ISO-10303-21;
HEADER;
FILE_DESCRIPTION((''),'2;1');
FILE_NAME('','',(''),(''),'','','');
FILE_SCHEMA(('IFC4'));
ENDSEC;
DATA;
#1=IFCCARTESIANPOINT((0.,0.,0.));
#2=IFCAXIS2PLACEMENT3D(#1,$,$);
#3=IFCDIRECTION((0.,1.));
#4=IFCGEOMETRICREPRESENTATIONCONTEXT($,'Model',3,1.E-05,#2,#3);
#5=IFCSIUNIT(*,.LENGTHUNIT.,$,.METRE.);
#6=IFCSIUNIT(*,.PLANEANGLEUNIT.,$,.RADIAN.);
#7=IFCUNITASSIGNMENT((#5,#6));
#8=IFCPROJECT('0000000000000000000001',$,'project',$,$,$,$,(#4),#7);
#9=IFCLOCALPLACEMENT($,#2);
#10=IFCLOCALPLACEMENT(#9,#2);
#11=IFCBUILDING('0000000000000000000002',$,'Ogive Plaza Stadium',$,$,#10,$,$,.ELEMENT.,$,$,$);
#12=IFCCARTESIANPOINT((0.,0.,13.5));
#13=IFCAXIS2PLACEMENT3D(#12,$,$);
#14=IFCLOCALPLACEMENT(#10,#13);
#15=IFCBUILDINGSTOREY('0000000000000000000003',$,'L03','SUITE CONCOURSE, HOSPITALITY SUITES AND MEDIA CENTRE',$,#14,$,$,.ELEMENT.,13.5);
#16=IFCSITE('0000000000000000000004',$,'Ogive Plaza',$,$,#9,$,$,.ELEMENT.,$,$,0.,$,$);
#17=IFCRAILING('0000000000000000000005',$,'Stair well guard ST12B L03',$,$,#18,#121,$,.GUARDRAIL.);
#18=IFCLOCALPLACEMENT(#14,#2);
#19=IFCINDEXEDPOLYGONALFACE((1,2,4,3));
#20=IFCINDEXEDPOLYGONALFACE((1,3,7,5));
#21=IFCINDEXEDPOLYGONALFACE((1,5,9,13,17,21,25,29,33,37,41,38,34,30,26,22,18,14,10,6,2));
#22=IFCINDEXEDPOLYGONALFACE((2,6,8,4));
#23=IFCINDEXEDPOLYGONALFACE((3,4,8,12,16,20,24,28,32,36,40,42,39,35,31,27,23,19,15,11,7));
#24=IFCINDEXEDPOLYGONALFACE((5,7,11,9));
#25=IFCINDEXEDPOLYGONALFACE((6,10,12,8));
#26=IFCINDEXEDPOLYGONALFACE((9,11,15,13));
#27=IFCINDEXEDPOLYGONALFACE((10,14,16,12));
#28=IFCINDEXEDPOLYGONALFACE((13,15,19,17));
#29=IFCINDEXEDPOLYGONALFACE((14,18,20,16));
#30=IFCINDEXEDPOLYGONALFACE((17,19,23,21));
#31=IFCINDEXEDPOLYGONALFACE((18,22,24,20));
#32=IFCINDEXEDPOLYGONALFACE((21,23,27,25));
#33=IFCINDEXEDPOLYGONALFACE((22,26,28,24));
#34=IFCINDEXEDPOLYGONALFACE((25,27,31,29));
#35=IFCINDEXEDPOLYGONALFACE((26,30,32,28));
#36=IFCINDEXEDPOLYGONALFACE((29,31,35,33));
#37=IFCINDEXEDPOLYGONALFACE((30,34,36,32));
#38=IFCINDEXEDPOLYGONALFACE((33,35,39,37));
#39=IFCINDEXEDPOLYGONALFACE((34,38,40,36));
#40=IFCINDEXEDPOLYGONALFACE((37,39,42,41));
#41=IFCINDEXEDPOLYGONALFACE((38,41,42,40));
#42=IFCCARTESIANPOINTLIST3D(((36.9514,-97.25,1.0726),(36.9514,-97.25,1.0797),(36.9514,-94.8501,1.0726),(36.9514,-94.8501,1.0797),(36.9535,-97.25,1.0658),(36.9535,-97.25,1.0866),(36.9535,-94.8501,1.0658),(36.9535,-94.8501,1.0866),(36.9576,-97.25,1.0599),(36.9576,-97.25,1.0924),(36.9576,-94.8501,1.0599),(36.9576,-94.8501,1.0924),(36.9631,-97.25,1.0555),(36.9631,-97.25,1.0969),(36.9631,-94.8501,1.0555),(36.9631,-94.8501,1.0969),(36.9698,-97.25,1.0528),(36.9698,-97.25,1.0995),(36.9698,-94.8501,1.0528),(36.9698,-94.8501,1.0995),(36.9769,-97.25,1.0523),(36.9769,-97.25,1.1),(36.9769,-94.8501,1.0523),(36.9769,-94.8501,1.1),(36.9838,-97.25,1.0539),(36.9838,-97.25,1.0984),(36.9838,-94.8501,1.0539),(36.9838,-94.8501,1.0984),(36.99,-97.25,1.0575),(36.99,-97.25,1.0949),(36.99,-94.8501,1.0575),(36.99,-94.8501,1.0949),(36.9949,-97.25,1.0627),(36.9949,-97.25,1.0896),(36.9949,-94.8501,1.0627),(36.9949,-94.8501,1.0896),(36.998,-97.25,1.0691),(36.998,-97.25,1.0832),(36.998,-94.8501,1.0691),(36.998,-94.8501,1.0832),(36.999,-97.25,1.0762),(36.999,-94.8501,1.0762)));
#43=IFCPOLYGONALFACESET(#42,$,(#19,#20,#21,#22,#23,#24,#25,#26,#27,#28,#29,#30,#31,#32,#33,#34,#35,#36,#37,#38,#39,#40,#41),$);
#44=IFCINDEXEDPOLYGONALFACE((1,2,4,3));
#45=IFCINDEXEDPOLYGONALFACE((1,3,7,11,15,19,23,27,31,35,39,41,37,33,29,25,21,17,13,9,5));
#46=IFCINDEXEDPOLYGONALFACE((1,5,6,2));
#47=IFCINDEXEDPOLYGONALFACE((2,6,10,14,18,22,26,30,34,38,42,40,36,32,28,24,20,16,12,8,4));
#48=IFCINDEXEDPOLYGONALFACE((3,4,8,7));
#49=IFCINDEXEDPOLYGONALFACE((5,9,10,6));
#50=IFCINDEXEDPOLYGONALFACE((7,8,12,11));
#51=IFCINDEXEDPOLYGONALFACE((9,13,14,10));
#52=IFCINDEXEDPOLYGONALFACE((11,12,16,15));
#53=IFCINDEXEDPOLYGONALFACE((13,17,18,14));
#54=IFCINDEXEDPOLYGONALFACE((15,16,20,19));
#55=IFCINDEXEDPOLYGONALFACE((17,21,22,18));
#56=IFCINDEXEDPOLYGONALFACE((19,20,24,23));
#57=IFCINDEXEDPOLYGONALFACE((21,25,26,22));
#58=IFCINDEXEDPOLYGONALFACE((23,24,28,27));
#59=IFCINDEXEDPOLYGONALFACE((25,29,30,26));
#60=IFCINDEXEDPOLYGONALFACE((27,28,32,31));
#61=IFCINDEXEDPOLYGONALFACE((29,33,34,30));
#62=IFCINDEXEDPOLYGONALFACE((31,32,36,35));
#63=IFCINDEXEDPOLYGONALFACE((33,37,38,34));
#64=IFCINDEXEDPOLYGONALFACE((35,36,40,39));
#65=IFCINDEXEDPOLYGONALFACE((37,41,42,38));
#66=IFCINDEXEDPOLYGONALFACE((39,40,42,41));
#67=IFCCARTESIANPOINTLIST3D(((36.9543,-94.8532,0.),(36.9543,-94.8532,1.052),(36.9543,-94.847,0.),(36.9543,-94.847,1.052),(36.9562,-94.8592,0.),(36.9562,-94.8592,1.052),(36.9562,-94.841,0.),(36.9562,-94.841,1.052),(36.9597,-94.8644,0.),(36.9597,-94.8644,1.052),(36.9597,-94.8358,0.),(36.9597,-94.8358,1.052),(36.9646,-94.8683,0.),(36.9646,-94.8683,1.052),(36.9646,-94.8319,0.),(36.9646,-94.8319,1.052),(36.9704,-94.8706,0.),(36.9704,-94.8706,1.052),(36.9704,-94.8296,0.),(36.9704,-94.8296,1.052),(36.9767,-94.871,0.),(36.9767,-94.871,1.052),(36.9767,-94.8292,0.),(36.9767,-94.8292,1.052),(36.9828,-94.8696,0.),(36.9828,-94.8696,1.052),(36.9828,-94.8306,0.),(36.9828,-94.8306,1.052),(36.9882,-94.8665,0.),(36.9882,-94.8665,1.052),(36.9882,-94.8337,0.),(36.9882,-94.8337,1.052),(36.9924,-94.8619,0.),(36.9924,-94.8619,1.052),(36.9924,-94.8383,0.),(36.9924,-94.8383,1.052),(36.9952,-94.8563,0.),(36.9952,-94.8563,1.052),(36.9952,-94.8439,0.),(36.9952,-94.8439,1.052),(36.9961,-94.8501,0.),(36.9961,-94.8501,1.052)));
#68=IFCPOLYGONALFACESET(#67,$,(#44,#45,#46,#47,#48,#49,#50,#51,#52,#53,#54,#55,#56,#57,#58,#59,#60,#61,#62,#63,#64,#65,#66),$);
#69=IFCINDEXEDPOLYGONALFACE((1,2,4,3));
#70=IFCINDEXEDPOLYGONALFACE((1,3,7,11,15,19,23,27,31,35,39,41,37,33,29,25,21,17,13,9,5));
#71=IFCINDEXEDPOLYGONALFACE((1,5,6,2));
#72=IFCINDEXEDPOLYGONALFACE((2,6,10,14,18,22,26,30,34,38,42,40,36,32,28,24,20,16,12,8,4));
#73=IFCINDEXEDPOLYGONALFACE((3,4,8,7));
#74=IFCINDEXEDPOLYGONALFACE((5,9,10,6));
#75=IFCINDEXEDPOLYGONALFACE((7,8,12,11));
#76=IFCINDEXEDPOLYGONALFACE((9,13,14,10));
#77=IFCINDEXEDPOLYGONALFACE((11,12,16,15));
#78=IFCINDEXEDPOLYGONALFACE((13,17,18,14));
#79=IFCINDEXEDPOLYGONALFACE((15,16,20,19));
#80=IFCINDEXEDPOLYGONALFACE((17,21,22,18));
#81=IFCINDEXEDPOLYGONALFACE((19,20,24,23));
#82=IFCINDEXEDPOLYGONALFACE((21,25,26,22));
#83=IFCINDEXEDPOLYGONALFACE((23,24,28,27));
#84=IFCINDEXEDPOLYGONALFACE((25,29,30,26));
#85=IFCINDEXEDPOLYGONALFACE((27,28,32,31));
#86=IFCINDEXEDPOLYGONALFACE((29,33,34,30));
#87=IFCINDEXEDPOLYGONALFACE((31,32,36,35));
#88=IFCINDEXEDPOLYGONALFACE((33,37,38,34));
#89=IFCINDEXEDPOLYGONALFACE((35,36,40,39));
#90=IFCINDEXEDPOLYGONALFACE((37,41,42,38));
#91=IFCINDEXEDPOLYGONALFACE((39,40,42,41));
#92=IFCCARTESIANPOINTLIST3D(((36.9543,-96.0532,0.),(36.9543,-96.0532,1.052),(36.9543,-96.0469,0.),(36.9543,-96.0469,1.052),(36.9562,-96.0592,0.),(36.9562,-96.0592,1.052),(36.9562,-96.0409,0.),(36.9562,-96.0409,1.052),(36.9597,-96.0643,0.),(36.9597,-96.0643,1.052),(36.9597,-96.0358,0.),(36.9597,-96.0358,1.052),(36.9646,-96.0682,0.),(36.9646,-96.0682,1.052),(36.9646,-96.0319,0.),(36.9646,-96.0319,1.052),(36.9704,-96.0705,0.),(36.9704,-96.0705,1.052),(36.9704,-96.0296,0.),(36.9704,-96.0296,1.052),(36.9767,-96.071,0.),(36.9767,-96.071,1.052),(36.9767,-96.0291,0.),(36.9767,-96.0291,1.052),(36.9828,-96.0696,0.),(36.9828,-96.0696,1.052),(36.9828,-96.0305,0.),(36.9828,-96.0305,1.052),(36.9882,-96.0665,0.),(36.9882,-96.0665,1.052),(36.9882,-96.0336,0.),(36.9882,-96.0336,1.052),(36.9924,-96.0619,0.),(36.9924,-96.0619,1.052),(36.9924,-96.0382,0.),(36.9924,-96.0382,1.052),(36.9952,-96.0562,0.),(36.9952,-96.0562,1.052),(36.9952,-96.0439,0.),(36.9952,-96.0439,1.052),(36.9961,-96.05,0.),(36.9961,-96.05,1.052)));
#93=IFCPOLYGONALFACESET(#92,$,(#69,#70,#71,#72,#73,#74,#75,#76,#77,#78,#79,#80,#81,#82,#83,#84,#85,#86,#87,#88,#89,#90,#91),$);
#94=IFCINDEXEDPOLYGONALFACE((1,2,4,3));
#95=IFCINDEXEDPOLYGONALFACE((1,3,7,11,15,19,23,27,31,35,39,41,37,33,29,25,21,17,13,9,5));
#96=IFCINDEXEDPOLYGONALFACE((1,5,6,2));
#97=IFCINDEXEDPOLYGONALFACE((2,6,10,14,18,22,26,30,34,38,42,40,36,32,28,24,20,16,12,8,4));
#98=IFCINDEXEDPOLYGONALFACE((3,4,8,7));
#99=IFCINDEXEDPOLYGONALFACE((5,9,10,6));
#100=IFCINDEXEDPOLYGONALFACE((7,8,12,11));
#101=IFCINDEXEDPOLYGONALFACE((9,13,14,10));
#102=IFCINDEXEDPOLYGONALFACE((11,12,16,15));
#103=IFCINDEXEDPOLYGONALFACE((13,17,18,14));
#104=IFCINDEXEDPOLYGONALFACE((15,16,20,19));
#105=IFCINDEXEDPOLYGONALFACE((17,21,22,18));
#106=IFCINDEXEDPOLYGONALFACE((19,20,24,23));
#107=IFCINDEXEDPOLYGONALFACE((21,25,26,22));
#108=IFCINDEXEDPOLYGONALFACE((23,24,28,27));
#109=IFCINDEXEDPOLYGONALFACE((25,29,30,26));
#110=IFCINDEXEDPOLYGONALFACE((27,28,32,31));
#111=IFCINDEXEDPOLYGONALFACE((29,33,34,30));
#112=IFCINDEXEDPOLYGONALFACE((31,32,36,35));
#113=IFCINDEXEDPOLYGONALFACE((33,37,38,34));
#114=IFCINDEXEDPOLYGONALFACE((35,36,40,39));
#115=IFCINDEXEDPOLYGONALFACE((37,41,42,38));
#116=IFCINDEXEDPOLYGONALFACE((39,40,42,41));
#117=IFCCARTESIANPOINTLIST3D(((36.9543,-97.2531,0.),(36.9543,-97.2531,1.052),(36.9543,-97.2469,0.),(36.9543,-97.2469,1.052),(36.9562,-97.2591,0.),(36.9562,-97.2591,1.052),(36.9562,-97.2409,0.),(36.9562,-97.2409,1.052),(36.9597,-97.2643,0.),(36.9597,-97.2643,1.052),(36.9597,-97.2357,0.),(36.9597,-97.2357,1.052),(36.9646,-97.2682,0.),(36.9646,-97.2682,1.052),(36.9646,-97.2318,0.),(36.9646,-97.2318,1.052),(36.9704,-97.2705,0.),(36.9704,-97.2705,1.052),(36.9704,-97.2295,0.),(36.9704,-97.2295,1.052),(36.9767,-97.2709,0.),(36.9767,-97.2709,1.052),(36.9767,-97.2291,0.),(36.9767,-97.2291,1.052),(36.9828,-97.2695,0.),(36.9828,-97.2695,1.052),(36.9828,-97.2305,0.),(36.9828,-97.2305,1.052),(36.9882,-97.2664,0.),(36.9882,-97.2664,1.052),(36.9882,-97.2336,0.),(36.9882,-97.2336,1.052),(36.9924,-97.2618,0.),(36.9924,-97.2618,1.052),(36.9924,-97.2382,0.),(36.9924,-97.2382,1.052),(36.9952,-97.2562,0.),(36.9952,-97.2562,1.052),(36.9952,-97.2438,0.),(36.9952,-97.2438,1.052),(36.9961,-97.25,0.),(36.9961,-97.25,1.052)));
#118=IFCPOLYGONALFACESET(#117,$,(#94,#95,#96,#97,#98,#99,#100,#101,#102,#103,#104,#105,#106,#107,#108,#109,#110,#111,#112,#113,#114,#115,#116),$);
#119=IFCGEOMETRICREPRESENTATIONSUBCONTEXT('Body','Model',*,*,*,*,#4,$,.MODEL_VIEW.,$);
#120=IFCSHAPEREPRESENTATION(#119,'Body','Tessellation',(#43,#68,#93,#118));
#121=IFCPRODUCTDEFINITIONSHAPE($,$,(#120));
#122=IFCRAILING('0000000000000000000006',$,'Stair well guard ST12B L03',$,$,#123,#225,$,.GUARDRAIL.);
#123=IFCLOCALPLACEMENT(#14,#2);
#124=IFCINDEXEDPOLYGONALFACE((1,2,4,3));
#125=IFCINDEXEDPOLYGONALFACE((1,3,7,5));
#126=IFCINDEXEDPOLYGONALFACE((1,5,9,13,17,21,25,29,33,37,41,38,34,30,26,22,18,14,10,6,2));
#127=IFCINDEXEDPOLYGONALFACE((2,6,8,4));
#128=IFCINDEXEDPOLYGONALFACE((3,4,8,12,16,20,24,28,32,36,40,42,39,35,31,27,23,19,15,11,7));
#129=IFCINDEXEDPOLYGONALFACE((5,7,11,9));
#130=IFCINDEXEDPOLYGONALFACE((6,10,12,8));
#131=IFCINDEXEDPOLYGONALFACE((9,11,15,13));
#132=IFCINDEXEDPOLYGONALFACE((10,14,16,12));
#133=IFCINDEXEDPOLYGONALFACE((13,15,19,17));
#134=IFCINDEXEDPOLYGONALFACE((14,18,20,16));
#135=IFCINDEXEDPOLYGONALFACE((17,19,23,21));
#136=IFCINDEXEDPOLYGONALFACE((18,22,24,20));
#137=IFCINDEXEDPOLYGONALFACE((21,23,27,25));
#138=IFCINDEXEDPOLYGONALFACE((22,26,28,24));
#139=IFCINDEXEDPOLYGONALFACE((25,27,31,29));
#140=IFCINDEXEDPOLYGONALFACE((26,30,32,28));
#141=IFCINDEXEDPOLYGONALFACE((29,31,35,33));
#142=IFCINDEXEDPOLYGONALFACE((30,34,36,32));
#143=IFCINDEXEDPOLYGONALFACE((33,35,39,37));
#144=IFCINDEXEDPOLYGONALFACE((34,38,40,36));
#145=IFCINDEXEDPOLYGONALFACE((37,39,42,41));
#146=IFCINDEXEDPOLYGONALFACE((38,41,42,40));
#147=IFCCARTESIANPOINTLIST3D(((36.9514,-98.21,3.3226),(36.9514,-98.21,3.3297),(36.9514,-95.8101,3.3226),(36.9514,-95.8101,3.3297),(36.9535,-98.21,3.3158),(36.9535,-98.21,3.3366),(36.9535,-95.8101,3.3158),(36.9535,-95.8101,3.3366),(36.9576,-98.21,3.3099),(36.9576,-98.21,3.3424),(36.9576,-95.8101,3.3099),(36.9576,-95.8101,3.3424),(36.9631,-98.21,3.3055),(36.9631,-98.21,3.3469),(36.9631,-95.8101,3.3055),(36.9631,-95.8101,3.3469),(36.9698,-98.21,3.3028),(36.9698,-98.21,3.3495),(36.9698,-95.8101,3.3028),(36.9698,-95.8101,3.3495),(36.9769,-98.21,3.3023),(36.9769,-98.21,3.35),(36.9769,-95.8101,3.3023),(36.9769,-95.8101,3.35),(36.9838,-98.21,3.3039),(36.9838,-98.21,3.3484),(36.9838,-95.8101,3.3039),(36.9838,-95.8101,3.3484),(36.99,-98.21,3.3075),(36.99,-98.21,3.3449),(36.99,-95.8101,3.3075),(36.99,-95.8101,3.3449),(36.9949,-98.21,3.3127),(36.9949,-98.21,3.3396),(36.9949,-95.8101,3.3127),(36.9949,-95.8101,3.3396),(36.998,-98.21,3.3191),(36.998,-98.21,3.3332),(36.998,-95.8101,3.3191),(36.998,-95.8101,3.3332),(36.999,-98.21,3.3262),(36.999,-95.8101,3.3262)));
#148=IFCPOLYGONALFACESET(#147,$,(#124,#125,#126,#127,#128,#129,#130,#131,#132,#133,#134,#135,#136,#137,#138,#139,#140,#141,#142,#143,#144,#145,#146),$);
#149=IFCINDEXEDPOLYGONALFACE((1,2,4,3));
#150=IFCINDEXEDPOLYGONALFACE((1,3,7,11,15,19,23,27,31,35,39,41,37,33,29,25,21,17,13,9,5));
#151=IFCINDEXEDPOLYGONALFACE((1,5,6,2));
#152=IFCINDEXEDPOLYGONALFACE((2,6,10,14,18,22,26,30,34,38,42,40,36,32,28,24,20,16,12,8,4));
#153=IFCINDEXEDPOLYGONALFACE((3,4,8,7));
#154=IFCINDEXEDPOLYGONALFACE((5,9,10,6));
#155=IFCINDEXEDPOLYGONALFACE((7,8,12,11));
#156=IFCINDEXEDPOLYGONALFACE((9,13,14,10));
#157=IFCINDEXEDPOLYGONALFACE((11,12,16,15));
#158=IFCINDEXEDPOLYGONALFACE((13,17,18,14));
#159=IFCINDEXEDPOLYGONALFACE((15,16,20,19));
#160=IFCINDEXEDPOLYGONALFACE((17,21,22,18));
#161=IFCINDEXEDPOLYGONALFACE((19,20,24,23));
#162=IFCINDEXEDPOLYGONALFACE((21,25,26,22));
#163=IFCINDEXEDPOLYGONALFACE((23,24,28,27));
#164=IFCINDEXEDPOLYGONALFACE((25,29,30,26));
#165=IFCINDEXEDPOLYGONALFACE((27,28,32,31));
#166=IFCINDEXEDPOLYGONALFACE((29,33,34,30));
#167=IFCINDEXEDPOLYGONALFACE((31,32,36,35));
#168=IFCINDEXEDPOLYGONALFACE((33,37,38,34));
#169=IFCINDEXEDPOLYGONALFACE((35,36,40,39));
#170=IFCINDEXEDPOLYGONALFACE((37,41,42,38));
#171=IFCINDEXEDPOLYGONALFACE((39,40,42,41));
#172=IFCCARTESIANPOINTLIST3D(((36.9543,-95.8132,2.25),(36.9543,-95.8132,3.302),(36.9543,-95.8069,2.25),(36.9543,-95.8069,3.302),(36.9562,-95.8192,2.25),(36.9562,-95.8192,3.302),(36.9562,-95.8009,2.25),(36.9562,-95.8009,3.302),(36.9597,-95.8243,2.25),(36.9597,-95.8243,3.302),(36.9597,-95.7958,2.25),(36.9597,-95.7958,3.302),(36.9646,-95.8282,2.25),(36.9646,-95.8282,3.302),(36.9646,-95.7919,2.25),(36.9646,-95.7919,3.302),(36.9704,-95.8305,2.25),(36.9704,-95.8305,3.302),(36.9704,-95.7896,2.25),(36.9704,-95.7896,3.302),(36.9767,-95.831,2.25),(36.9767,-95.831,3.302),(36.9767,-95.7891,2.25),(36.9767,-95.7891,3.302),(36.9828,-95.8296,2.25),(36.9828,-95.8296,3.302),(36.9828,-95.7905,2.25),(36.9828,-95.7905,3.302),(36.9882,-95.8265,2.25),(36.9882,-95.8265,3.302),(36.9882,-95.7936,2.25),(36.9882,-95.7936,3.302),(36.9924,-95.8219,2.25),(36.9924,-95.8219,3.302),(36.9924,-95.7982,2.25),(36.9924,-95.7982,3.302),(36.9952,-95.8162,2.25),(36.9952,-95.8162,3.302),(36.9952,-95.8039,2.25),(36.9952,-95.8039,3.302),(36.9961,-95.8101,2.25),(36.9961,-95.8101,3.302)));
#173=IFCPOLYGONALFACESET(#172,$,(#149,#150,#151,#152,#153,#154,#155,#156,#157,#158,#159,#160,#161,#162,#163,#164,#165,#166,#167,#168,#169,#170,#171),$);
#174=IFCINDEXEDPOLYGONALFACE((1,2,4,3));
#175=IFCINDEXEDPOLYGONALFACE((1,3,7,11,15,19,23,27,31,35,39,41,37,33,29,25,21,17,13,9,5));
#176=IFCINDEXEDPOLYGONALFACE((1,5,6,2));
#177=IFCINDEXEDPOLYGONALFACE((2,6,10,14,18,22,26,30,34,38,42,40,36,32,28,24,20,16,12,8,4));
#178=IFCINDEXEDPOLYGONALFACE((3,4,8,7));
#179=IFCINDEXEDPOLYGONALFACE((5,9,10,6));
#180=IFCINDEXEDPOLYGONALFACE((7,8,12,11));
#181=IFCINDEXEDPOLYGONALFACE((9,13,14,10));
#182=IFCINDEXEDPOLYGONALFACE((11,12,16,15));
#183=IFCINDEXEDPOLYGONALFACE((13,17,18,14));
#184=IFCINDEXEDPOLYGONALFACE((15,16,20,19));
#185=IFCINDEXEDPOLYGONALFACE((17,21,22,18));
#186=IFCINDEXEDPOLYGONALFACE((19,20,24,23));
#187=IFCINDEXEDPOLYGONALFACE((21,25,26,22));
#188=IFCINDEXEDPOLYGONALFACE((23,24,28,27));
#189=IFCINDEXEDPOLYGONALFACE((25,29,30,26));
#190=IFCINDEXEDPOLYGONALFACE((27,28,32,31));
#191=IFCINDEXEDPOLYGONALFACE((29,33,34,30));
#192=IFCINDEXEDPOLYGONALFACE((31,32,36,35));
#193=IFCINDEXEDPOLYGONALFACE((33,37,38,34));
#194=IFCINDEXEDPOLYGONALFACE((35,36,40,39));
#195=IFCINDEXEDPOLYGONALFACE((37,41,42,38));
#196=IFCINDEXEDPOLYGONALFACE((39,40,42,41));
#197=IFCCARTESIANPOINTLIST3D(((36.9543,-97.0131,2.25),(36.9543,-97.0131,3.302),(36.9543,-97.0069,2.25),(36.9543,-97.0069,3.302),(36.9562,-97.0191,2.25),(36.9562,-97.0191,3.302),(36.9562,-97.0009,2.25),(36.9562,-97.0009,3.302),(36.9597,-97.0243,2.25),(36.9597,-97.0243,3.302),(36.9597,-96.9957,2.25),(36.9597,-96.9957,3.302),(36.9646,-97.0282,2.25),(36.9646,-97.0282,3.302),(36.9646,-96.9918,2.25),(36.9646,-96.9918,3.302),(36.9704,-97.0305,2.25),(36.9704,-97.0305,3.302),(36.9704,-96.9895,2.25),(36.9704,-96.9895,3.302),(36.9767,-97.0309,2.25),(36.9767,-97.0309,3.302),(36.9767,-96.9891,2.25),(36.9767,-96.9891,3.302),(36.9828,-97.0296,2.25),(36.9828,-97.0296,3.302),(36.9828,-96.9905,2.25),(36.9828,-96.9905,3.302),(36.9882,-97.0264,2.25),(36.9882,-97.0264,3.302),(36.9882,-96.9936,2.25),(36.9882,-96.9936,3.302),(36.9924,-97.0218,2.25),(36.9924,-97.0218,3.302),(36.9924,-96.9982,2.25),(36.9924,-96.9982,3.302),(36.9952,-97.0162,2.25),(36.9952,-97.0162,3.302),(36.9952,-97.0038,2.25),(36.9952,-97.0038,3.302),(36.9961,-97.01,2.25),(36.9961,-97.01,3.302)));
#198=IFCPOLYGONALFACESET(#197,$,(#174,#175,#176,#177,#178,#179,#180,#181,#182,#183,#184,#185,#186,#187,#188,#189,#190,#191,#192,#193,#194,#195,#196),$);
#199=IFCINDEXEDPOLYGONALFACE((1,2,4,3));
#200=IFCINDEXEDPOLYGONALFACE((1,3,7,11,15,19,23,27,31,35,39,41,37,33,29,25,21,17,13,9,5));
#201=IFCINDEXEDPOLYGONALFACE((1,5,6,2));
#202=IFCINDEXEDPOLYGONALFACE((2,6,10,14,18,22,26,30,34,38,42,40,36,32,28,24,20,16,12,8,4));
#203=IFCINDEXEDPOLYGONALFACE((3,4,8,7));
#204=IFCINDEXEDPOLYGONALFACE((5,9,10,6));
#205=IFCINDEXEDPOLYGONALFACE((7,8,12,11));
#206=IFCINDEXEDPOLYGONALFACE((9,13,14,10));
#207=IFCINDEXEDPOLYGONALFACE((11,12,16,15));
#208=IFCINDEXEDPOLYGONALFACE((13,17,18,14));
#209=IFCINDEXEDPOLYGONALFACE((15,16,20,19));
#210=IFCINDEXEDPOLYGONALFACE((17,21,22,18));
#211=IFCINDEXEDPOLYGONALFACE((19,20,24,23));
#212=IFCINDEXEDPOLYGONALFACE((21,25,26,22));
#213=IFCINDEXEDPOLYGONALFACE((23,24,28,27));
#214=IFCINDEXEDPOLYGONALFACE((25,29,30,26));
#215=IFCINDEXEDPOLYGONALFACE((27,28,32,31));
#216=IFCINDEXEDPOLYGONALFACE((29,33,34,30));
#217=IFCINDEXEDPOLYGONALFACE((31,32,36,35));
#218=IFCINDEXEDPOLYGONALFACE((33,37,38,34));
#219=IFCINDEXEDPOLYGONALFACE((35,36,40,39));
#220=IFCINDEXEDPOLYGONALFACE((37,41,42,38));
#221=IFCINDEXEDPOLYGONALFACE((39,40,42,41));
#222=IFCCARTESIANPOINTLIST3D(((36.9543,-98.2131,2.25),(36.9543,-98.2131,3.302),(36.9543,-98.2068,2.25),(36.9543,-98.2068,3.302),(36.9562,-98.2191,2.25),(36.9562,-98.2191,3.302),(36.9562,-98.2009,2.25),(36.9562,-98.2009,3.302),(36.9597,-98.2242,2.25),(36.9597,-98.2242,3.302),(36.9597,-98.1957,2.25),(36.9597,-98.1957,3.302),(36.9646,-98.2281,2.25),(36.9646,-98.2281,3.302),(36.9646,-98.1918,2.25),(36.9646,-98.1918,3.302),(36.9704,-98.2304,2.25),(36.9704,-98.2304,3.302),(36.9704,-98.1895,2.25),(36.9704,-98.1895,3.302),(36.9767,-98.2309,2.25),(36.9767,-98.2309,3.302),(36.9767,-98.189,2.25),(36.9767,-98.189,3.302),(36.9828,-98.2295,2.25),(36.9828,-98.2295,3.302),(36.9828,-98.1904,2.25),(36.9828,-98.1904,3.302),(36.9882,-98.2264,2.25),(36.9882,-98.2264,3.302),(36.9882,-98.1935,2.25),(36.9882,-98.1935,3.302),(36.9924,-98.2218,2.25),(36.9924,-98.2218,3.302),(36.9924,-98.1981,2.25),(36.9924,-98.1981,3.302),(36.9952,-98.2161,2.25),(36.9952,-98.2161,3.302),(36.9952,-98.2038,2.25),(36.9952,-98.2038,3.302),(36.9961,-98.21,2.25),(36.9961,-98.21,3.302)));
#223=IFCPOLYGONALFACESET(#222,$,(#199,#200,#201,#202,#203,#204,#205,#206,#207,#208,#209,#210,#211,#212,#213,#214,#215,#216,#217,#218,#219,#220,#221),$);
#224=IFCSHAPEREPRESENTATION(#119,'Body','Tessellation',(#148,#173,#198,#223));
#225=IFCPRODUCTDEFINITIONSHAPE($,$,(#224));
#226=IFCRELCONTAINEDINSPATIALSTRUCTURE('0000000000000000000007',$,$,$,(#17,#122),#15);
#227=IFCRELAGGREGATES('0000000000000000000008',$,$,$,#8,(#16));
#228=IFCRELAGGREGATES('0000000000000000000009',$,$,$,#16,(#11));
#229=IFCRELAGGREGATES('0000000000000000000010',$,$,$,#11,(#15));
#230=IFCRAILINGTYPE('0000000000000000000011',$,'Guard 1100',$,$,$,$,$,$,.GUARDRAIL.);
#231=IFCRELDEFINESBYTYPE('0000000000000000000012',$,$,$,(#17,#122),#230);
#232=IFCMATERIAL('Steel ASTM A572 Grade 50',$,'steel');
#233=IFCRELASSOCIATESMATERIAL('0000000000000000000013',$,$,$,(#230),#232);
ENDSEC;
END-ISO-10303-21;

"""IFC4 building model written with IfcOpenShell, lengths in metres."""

from ifc_helpers import new_model, si_unit, direction, frame, origin, origin_2d, place, context, subcontext, project, spatial, circle, extrude, material, type_object, element, save


model = new_model("IFC4")

# Units and contexts
model_context = context("Model", 3, precision=1e-05, world=origin(), true_north=direction((0.0, 1.0)))
body_context = subcontext(model_context, "Body", "Model", "MODEL_VIEW")
ifc_project = project(units=[si_unit("LENGTHUNIT", "METRE"), si_unit("PLANEANGLEUNIT", "RADIAN")], contexts=[model_context])

# Site, building, storey
site_placement = place(None, origin())
site = spatial("IfcSite", under=ifc_project, at=site_placement, Name="Ogive Plaza", CompositionType="ELEMENT", RefElevation=0.0)
building_placement = place(site_placement, origin())
building = spatial("IfcBuilding", under=site, at=building_placement, Name="Ogive Plaza Stadium", CompositionType="ELEMENT")
storey_placement = place(building_placement, frame((0.0, 0.0, 13.5)))
storey = spatial("IfcBuildingStorey", under=building, at=storey_placement, Name="L03", Description="SUITE CONCOURSE, HOSPITALITY SUITES AND MEDIA CENTRE", CompositionType="ELEMENT", Elevation=13.5)

# Railings
ifc_material_1 = material(Name="Steel ASTM A572 Grade 50", Category="steel")
railing_type_1 = type_object("IfcRailingType", Name="Guard 1100", PredefinedType="GUARDRAIL", material=ifc_material_1)
for number, where, name in (
    (1, (36.9751, -94.8501, 0.0), "Stair well guard ST12B L03"),
    (2, (36.9751, -95.8101, 2.25), "Stair well guard ST12B L03"),
):
    element("IfcRailing", number, at=place(storey_placement, frame(where)), inside=storey, type_object=railing_type_1, Name=name, PredefinedType="GUARDRAIL", context=body_context, shape_type="SweptSolid", body=[
        extrude(circle(Radius=0.0239, at=origin_2d()), frame((0.0, 0.0, 1.0762), z_axis=(0.0, -1.0, 0.0), x_axis=(1.0, 0.0, 0.0)), (0.0, 0.0, 1.0), 2.3999),
        extrude(circle(Radius=0.021, at=origin_2d()), origin(), (0.0, 0.0, 1.0), 1.052),
        extrude(circle(Radius=0.021, at=origin_2d()), frame((0.0, -1.2, 0.0)), (0.0, 0.0, 1.0), 1.052),
        extrude(circle(Radius=0.021, at=origin_2d()), frame((0.0, -2.3999, 0.0)), (0.0, 0.0, 1.0), 1.052),
    ])

save(model, "model.ifc")
